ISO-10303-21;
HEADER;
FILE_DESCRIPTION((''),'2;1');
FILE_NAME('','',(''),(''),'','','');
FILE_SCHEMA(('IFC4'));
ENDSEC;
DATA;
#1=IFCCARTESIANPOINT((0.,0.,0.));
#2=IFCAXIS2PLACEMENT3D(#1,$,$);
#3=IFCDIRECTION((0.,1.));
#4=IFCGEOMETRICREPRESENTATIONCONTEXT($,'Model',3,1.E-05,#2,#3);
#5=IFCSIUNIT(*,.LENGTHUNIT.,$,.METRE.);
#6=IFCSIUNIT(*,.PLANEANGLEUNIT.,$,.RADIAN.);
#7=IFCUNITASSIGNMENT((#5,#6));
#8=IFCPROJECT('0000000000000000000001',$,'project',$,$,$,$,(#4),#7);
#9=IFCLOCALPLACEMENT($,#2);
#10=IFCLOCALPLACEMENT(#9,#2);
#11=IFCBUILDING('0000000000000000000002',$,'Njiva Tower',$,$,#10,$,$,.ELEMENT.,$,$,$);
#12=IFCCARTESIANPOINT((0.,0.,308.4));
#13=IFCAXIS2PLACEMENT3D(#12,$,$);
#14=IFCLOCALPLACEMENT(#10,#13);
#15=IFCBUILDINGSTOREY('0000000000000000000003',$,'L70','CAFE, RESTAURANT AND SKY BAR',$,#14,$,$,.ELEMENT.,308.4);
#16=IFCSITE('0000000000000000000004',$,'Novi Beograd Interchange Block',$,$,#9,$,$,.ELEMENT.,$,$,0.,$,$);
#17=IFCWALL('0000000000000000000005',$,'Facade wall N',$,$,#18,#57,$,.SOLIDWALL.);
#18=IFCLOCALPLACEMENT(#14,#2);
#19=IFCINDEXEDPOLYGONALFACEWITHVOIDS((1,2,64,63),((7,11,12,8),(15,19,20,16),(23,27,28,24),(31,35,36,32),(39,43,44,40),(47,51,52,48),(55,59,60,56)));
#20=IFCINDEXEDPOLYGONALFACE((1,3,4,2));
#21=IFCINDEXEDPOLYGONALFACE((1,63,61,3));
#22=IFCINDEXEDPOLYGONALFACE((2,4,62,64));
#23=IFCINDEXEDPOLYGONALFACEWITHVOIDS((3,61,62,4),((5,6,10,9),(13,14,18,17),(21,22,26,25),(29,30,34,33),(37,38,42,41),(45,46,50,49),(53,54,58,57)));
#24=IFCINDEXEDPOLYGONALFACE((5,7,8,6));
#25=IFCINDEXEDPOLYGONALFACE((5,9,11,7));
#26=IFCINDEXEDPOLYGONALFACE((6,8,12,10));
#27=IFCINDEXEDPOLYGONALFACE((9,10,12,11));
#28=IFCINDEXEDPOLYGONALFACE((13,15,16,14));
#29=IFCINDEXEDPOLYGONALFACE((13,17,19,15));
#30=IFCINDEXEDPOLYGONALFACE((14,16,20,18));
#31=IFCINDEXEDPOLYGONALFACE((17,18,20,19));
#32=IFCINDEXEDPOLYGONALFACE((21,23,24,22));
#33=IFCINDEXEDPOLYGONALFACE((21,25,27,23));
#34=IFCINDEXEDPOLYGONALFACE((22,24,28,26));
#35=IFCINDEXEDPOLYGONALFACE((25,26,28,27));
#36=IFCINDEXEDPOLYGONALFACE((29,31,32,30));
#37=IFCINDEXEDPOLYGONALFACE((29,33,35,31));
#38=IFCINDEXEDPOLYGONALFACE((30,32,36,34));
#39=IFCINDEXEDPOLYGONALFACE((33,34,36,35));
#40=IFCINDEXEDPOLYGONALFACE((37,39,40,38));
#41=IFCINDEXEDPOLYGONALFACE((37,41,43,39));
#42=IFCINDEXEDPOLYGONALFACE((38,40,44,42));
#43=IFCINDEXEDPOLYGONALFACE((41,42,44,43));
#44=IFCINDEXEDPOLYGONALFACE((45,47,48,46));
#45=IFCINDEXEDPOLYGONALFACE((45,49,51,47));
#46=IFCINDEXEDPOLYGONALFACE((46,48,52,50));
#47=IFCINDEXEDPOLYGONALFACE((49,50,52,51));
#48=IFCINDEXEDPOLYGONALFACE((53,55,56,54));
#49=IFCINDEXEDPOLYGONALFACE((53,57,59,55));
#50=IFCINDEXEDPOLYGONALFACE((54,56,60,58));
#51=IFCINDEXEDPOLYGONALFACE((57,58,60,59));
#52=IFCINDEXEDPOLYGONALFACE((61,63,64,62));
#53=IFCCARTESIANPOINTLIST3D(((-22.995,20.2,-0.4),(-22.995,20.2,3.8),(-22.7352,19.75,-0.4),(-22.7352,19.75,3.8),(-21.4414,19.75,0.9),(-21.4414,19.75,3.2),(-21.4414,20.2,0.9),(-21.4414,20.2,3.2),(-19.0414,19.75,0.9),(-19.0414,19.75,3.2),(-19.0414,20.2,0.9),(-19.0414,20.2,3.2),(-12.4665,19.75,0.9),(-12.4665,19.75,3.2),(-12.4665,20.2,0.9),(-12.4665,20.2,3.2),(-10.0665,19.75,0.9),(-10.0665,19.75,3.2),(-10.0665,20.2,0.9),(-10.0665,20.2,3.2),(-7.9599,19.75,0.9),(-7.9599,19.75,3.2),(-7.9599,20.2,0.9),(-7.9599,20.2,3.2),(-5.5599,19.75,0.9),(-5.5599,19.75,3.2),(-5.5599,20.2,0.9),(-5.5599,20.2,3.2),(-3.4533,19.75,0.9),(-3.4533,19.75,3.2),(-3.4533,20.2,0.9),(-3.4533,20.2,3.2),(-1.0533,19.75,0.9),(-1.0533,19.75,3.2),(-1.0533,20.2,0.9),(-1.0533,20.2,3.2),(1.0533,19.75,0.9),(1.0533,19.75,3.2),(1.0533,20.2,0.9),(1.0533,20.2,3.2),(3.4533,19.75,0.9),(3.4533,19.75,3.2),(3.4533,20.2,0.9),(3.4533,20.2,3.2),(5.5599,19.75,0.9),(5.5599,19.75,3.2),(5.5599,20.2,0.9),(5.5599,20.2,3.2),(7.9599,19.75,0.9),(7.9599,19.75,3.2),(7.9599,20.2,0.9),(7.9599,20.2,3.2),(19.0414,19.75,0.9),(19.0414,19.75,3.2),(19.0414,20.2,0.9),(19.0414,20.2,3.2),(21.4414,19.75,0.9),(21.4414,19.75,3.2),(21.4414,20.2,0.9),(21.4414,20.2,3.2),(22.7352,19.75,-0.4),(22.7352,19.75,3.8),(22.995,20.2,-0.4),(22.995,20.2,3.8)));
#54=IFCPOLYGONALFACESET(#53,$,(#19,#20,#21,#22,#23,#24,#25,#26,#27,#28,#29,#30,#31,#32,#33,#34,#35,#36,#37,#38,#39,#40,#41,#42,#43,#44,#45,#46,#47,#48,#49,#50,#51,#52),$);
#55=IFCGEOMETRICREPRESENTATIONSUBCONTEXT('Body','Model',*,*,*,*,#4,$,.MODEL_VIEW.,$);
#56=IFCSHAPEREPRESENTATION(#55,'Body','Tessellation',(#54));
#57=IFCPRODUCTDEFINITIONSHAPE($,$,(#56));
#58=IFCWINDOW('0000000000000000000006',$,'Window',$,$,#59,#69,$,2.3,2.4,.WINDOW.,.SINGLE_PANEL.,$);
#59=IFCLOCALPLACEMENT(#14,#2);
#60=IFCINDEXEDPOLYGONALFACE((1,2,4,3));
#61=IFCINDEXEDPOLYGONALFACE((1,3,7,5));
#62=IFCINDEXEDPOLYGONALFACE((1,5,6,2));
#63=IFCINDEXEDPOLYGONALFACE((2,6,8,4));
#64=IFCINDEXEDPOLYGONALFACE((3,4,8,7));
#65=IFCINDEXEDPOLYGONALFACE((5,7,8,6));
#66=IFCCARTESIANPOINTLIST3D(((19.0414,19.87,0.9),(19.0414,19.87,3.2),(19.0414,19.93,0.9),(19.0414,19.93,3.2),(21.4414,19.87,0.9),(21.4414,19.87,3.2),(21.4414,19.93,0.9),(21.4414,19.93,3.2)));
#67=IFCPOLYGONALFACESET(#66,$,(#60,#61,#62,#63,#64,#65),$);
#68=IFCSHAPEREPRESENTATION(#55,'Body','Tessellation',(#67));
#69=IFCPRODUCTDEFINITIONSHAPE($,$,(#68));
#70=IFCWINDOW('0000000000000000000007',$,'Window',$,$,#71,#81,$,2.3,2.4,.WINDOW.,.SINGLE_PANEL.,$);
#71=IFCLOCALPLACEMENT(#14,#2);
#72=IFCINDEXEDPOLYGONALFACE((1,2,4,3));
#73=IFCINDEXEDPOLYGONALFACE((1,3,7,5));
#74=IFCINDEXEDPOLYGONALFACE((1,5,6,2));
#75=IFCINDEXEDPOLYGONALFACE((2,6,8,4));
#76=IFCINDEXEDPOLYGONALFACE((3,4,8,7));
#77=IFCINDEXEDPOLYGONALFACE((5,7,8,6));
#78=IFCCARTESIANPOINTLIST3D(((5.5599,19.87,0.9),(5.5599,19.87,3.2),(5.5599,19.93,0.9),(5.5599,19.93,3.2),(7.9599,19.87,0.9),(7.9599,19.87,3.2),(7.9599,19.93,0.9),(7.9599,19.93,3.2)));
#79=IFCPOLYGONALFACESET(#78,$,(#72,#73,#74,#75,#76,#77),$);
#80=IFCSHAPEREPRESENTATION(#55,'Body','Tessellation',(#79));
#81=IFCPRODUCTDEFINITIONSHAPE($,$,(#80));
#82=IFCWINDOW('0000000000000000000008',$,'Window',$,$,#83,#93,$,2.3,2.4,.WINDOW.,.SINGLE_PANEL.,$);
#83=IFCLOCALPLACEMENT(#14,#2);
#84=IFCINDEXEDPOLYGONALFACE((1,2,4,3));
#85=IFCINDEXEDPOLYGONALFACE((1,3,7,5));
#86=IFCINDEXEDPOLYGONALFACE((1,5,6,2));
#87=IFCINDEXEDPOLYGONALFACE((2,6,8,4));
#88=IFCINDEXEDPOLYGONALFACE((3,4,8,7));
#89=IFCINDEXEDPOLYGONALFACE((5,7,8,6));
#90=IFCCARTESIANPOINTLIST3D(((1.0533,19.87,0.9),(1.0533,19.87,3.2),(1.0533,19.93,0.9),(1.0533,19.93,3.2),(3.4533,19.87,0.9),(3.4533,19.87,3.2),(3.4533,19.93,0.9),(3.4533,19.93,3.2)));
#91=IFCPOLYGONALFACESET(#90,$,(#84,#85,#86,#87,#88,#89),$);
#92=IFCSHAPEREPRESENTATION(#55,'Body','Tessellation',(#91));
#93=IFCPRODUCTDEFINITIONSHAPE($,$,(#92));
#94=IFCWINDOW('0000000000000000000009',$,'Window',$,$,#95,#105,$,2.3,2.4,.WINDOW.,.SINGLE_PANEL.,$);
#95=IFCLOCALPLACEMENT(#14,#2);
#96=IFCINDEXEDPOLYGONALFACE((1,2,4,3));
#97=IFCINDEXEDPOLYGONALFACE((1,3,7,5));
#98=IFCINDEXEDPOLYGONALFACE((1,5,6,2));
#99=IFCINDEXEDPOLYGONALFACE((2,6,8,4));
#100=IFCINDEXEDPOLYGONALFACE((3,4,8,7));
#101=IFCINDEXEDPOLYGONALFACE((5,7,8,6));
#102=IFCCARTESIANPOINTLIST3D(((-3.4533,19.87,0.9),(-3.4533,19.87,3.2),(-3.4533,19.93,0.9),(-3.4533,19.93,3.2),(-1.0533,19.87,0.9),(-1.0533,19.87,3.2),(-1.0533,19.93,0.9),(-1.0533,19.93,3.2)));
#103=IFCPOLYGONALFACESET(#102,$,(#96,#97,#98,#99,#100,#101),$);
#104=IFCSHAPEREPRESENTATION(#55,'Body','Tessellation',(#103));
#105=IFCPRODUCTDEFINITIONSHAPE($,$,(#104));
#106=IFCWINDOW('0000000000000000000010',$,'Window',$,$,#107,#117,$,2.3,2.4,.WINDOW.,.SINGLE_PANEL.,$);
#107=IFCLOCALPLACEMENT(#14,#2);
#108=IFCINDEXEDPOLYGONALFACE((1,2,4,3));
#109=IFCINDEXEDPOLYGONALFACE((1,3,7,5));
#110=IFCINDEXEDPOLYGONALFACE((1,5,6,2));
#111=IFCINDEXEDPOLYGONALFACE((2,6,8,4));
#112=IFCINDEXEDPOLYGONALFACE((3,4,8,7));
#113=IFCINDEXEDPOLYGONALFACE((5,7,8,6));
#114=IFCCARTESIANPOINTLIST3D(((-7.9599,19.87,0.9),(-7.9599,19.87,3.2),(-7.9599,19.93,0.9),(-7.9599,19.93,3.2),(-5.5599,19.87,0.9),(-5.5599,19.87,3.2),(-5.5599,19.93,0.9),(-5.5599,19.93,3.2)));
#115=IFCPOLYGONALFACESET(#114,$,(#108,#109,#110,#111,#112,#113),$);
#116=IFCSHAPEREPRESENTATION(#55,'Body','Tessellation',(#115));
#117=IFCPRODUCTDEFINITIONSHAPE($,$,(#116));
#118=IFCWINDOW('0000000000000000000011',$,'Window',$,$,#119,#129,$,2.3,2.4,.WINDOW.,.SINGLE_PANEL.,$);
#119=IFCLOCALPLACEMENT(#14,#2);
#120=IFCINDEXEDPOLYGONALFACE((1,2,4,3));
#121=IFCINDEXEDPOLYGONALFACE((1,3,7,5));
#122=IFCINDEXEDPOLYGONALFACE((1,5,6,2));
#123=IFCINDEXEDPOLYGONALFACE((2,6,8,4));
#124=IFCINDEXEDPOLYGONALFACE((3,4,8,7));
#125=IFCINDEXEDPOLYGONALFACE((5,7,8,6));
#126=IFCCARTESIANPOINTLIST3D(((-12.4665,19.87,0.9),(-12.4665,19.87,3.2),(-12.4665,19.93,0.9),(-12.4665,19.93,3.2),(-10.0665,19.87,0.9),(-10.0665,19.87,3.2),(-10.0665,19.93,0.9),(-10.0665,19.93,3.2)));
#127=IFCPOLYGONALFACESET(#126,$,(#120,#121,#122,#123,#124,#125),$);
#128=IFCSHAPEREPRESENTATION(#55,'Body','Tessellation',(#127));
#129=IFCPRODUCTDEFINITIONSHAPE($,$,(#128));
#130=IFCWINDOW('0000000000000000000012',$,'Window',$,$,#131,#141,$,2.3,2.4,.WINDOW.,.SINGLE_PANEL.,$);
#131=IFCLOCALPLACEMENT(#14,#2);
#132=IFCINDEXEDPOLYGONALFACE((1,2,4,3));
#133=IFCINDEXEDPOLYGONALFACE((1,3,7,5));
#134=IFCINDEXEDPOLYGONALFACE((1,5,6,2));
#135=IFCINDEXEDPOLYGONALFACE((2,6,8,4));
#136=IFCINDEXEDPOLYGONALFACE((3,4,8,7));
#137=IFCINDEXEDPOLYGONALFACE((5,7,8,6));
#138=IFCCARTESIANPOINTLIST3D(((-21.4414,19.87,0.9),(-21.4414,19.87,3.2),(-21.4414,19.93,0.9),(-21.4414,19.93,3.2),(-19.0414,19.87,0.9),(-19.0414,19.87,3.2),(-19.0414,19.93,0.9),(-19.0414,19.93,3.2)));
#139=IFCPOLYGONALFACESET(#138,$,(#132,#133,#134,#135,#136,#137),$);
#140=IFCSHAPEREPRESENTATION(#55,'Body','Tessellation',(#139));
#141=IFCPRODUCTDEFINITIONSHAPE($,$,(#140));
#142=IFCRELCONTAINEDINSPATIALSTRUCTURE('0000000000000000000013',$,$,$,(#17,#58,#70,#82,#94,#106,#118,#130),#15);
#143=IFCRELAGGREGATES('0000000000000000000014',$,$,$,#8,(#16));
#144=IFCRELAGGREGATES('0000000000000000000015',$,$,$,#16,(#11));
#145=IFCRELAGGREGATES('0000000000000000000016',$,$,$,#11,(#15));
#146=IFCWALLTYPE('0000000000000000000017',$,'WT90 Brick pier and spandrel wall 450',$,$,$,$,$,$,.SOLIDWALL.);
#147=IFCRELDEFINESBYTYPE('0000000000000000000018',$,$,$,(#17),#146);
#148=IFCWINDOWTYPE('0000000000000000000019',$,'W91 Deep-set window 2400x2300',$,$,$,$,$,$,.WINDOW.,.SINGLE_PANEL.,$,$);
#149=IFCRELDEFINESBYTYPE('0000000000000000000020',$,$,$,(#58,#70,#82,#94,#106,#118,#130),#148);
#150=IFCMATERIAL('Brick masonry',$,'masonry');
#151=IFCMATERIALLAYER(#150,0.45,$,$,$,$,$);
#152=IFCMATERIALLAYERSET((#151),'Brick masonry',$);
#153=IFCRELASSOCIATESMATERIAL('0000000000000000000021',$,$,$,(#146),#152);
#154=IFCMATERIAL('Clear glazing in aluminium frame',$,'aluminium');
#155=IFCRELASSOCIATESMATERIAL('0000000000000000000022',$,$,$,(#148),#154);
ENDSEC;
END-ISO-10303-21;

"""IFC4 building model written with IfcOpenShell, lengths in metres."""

from ifc_helpers import new_model, si_unit, direction, frame, frame_2d, origin, place, context, subcontext, project, spatial, polyline, rectangle, outline, extrude, material, layer, layer_set, type_object, element, fill, save


model = new_model("IFC4")

# Units and contexts
model_context = context("Model", 3, precision=1e-05, world=origin(), true_north=direction((0.0, 1.0)))
body_context = subcontext(model_context, "Body", "Model", "MODEL_VIEW")
ifc_project = project(units=[si_unit("LENGTHUNIT", "METRE"), si_unit("PLANEANGLEUNIT", "RADIAN")], contexts=[model_context])

# Site, building, storey
site_placement = place(None, origin())
site = spatial("IfcSite", under=ifc_project, at=site_placement, Name="Novi Beograd Interchange Block", CompositionType="ELEMENT", RefElevation=0.0)
building_placement = place(site_placement, origin())
building = spatial("IfcBuilding", under=site, at=building_placement, Name="Njiva Tower", CompositionType="ELEMENT")
storey_placement = place(building_placement, frame((0.0, 0.0, 308.4)))
storey = spatial("IfcBuildingStorey", under=building, at=storey_placement, Name="L70", Description="CAFE, RESTAURANT AND SKY BAR", CompositionType="ELEMENT", Elevation=308.4)

# Wall, openings, windows
ifc_material_1 = material(Name="Brick masonry", Category="masonry")
ifc_layer_1 = layer(ifc_material_1, 0.45)
ifc_layer_set_1 = layer_set([ifc_layer_1], Name="Brick masonry")
wall_type_1 = type_object("IfcWallType", Name="WT90 Brick pier and spandrel wall 450", PredefinedType="SOLIDWALL", material=ifc_layer_set_1)
wall_1_placement = place(storey_placement, frame((22.8651, 19.975, -0.4), z_axis=(0.0, 0.0, 1.0), x_axis=(-1.0, 0.0, 0.0)))
wall_1 = element("IfcWall", 1, at=wall_1_placement, inside=storey, type_object=wall_type_1, Name="Facade wall N", PredefinedType="SOLIDWALL", context=body_context, shape_type="SweptSolid", body=[
    extrude(outline(polyline([(-0.1299, -0.225), (45.8601, -0.225), (45.6003, 0.225), (0.1299, 0.225), (-0.1299, -0.225)])), origin(), (0.0, 0.0, 1.0), 4.2),
])
opening_1_placement = place(wall_1_placement, frame((1.4237, 0.0, 1.3)))
opening_1 = element("IfcOpeningElement", 2, at=opening_1_placement, cuts=wall_1, PredefinedType="OPENING", context=body_context, shape_type="SweptSolid", body=[
    extrude(rectangle(XDim=2.4, YDim=2.3, at=frame_2d((1.2, 1.15))), frame((0.0, 0.235, 0.0), z_axis=(0.0, -1.0, 0.0), x_axis=(1.0, 0.0, 0.0)), (0.0, 0.0, 1.0), 0.47),
])
opening_2_placement = place(wall_1_placement, frame((14.9052, 0.0, 1.3)))
opening_2 = element("IfcOpeningElement", 3, at=opening_2_placement, cuts=wall_1, PredefinedType="OPENING", context=body_context, shape_type="SweptSolid", body=[
    extrude(rectangle(XDim=2.4, YDim=2.3, at=frame_2d((1.2, 1.15))), frame((0.0, 0.235, 0.0), z_axis=(0.0, -1.0, 0.0), x_axis=(1.0, 0.0, 0.0)), (0.0, 0.0, 1.0), 0.47),
])
opening_3_placement = place(wall_1_placement, frame((19.4118, 0.0, 1.3)))
opening_3 = element("IfcOpeningElement", 4, at=opening_3_placement, cuts=wall_1, PredefinedType="OPENING", context=body_context, shape_type="SweptSolid", body=[
    extrude(rectangle(XDim=2.4, YDim=2.3, at=frame_2d((1.2, 1.15))), frame((0.0, 0.235, 0.0), z_axis=(0.0, -1.0, 0.0), x_axis=(1.0, 0.0, 0.0)), (0.0, 0.0, 1.0), 0.47),
])
opening_4_placement = place(wall_1_placement, frame((23.9184, 0.0, 1.3)))
opening_4 = element("IfcOpeningElement", 5, at=opening_4_placement, cuts=wall_1, PredefinedType="OPENING", context=body_context, shape_type="SweptSolid", body=[
    extrude(rectangle(XDim=2.4, YDim=2.3, at=frame_2d((1.2, 1.15))), frame((0.0, 0.235, 0.0), z_axis=(0.0, -1.0, 0.0), x_axis=(1.0, 0.0, 0.0)), (0.0, 0.0, 1.0), 0.47),
])
opening_5_placement = place(wall_1_placement, frame((28.425, 0.0, 1.3)))
opening_5 = element("IfcOpeningElement", 6, at=opening_5_placement, cuts=wall_1, PredefinedType="OPENING", context=body_context, shape_type="SweptSolid", body=[
    extrude(rectangle(XDim=2.4, YDim=2.3, at=frame_2d((1.2, 1.15))), frame((0.0, 0.235, 0.0), z_axis=(0.0, -1.0, 0.0), x_axis=(1.0, 0.0, 0.0)), (0.0, 0.0, 1.0), 0.47),
])
opening_6_placement = place(wall_1_placement, frame((32.9316, 0.0, 1.3)))
opening_6 = element("IfcOpeningElement", 7, at=opening_6_placement, cuts=wall_1, PredefinedType="OPENING", context=body_context, shape_type="SweptSolid", body=[
    extrude(rectangle(XDim=2.4, YDim=2.3, at=frame_2d((1.2, 1.15))), frame((0.0, 0.235, 0.0), z_axis=(0.0, -1.0, 0.0), x_axis=(1.0, 0.0, 0.0)), (0.0, 0.0, 1.0), 0.47),
])
opening_7_placement = place(wall_1_placement, frame((41.9065, 0.0, 1.3)))
opening_7 = element("IfcOpeningElement", 8, at=opening_7_placement, cuts=wall_1, PredefinedType="OPENING", context=body_context, shape_type="SweptSolid", body=[
    extrude(rectangle(XDim=2.4, YDim=2.3, at=frame_2d((1.2, 1.15))), frame((0.0, 0.235, 0.0), z_axis=(0.0, -1.0, 0.0), x_axis=(1.0, 0.0, 0.0)), (0.0, 0.0, 1.0), 0.47),
])
ifc_material_2 = material(Name="Clear glazing in aluminium frame", Category="aluminium")
window_type_1 = type_object("IfcWindowType", Name="W91 Deep-set window 2400x2300", PartitioningType="SINGLE_PANEL", PredefinedType="WINDOW", material=ifc_material_2)
window_1_placement = place(opening_1_placement, origin())
window_1 = element("IfcWindow", 9, at=window_1_placement, inside=storey, type_object=window_type_1, Name="Window", OverallHeight=2.3, OverallWidth=2.4, PartitioningType="SINGLE_PANEL", PredefinedType="WINDOW", context=body_context, shape_type="SweptSolid", body=[
    extrude(rectangle(XDim=2.4, YDim=2.3, at=frame_2d((1.2, 1.15))), frame((0.0, 0.105, 0.0), z_axis=(0.0, -1.0, 0.0), x_axis=(1.0, 0.0, 0.0)), (0.0, 0.0, 1.0), 0.06),
])
fill(opening_1, window_1)
window_2_placement = place(opening_2_placement, origin())
window_2 = element("IfcWindow", 10, at=window_2_placement, inside=storey, type_object=window_type_1, Name="Window", OverallHeight=2.3, OverallWidth=2.4, PartitioningType="SINGLE_PANEL", PredefinedType="WINDOW", context=body_context, shape_type="SweptSolid", body=[
    extrude(rectangle(XDim=2.4, YDim=2.3, at=frame_2d((1.2, 1.15))), frame((0.0, 0.105, 0.0), z_axis=(0.0, -1.0, 0.0), x_axis=(1.0, 0.0, 0.0)), (0.0, 0.0, 1.0), 0.06),
])
fill(opening_2, window_2)
window_3_placement = place(opening_3_placement, origin())
window_3 = element("IfcWindow", 11, at=window_3_placement, inside=storey, type_object=window_type_1, Name="Window", OverallHeight=2.3, OverallWidth=2.4, PartitioningType="SINGLE_PANEL", PredefinedType="WINDOW", context=body_context, shape_type="SweptSolid", body=[
    extrude(rectangle(XDim=2.4, YDim=2.3, at=frame_2d((1.2, 1.15))), frame((0.0, 0.105, 0.0), z_axis=(0.0, -1.0, 0.0), x_axis=(1.0, 0.0, 0.0)), (0.0, 0.0, 1.0), 0.06),
])
fill(opening_3, window_3)
window_4_placement = place(opening_4_placement, origin())
window_4 = element("IfcWindow", 12, at=window_4_placement, inside=storey, type_object=window_type_1, Name="Window", OverallHeight=2.3, OverallWidth=2.4, PartitioningType="SINGLE_PANEL", PredefinedType="WINDOW", context=body_context, shape_type="SweptSolid", body=[
    extrude(rectangle(XDim=2.4, YDim=2.3, at=frame_2d((1.2, 1.15))), frame((0.0, 0.105, 0.0), z_axis=(0.0, -1.0, 0.0), x_axis=(1.0, 0.0, 0.0)), (0.0, 0.0, 1.0), 0.06),
])
fill(opening_4, window_4)
window_5_placement = place(opening_5_placement, origin())
window_5 = element("IfcWindow", 13, at=window_5_placement, inside=storey, type_object=window_type_1, Name="Window", OverallHeight=2.3, OverallWidth=2.4, PartitioningType="SINGLE_PANEL", PredefinedType="WINDOW", context=body_context, shape_type="SweptSolid", body=[
    extrude(rectangle(XDim=2.4, YDim=2.3, at=frame_2d((1.2, 1.15))), frame((0.0, 0.105, 0.0), z_axis=(0.0, -1.0, 0.0), x_axis=(1.0, 0.0, 0.0)), (0.0, 0.0, 1.0), 0.06),
])
fill(opening_5, window_5)
window_6_placement = place(opening_6_placement, origin())
window_6 = element("IfcWindow", 14, at=window_6_placement, inside=storey, type_object=window_type_1, Name="Window", OverallHeight=2.3, OverallWidth=2.4, PartitioningType="SINGLE_PANEL", PredefinedType="WINDOW", context=body_context, shape_type="SweptSolid", body=[
    extrude(rectangle(XDim=2.4, YDim=2.3, at=frame_2d((1.2, 1.15))), frame((0.0, 0.105, 0.0), z_axis=(0.0, -1.0, 0.0), x_axis=(1.0, 0.0, 0.0)), (0.0, 0.0, 1.0), 0.06),
])
fill(opening_6, window_6)
window_7_placement = place(opening_7_placement, origin())
window_7 = element("IfcWindow", 15, at=window_7_placement, inside=storey, type_object=window_type_1, Name="Window", OverallHeight=2.3, OverallWidth=2.4, PartitioningType="SINGLE_PANEL", PredefinedType="WINDOW", context=body_context, shape_type="SweptSolid", body=[
    extrude(rectangle(XDim=2.4, YDim=2.3, at=frame_2d((1.2, 1.15))), frame((0.0, 0.105, 0.0), z_axis=(0.0, -1.0, 0.0), x_axis=(1.0, 0.0, 0.0)), (0.0, 0.0, 1.0), 0.06),
])
fill(opening_7, window_7)

save(model, "model.ifc")
